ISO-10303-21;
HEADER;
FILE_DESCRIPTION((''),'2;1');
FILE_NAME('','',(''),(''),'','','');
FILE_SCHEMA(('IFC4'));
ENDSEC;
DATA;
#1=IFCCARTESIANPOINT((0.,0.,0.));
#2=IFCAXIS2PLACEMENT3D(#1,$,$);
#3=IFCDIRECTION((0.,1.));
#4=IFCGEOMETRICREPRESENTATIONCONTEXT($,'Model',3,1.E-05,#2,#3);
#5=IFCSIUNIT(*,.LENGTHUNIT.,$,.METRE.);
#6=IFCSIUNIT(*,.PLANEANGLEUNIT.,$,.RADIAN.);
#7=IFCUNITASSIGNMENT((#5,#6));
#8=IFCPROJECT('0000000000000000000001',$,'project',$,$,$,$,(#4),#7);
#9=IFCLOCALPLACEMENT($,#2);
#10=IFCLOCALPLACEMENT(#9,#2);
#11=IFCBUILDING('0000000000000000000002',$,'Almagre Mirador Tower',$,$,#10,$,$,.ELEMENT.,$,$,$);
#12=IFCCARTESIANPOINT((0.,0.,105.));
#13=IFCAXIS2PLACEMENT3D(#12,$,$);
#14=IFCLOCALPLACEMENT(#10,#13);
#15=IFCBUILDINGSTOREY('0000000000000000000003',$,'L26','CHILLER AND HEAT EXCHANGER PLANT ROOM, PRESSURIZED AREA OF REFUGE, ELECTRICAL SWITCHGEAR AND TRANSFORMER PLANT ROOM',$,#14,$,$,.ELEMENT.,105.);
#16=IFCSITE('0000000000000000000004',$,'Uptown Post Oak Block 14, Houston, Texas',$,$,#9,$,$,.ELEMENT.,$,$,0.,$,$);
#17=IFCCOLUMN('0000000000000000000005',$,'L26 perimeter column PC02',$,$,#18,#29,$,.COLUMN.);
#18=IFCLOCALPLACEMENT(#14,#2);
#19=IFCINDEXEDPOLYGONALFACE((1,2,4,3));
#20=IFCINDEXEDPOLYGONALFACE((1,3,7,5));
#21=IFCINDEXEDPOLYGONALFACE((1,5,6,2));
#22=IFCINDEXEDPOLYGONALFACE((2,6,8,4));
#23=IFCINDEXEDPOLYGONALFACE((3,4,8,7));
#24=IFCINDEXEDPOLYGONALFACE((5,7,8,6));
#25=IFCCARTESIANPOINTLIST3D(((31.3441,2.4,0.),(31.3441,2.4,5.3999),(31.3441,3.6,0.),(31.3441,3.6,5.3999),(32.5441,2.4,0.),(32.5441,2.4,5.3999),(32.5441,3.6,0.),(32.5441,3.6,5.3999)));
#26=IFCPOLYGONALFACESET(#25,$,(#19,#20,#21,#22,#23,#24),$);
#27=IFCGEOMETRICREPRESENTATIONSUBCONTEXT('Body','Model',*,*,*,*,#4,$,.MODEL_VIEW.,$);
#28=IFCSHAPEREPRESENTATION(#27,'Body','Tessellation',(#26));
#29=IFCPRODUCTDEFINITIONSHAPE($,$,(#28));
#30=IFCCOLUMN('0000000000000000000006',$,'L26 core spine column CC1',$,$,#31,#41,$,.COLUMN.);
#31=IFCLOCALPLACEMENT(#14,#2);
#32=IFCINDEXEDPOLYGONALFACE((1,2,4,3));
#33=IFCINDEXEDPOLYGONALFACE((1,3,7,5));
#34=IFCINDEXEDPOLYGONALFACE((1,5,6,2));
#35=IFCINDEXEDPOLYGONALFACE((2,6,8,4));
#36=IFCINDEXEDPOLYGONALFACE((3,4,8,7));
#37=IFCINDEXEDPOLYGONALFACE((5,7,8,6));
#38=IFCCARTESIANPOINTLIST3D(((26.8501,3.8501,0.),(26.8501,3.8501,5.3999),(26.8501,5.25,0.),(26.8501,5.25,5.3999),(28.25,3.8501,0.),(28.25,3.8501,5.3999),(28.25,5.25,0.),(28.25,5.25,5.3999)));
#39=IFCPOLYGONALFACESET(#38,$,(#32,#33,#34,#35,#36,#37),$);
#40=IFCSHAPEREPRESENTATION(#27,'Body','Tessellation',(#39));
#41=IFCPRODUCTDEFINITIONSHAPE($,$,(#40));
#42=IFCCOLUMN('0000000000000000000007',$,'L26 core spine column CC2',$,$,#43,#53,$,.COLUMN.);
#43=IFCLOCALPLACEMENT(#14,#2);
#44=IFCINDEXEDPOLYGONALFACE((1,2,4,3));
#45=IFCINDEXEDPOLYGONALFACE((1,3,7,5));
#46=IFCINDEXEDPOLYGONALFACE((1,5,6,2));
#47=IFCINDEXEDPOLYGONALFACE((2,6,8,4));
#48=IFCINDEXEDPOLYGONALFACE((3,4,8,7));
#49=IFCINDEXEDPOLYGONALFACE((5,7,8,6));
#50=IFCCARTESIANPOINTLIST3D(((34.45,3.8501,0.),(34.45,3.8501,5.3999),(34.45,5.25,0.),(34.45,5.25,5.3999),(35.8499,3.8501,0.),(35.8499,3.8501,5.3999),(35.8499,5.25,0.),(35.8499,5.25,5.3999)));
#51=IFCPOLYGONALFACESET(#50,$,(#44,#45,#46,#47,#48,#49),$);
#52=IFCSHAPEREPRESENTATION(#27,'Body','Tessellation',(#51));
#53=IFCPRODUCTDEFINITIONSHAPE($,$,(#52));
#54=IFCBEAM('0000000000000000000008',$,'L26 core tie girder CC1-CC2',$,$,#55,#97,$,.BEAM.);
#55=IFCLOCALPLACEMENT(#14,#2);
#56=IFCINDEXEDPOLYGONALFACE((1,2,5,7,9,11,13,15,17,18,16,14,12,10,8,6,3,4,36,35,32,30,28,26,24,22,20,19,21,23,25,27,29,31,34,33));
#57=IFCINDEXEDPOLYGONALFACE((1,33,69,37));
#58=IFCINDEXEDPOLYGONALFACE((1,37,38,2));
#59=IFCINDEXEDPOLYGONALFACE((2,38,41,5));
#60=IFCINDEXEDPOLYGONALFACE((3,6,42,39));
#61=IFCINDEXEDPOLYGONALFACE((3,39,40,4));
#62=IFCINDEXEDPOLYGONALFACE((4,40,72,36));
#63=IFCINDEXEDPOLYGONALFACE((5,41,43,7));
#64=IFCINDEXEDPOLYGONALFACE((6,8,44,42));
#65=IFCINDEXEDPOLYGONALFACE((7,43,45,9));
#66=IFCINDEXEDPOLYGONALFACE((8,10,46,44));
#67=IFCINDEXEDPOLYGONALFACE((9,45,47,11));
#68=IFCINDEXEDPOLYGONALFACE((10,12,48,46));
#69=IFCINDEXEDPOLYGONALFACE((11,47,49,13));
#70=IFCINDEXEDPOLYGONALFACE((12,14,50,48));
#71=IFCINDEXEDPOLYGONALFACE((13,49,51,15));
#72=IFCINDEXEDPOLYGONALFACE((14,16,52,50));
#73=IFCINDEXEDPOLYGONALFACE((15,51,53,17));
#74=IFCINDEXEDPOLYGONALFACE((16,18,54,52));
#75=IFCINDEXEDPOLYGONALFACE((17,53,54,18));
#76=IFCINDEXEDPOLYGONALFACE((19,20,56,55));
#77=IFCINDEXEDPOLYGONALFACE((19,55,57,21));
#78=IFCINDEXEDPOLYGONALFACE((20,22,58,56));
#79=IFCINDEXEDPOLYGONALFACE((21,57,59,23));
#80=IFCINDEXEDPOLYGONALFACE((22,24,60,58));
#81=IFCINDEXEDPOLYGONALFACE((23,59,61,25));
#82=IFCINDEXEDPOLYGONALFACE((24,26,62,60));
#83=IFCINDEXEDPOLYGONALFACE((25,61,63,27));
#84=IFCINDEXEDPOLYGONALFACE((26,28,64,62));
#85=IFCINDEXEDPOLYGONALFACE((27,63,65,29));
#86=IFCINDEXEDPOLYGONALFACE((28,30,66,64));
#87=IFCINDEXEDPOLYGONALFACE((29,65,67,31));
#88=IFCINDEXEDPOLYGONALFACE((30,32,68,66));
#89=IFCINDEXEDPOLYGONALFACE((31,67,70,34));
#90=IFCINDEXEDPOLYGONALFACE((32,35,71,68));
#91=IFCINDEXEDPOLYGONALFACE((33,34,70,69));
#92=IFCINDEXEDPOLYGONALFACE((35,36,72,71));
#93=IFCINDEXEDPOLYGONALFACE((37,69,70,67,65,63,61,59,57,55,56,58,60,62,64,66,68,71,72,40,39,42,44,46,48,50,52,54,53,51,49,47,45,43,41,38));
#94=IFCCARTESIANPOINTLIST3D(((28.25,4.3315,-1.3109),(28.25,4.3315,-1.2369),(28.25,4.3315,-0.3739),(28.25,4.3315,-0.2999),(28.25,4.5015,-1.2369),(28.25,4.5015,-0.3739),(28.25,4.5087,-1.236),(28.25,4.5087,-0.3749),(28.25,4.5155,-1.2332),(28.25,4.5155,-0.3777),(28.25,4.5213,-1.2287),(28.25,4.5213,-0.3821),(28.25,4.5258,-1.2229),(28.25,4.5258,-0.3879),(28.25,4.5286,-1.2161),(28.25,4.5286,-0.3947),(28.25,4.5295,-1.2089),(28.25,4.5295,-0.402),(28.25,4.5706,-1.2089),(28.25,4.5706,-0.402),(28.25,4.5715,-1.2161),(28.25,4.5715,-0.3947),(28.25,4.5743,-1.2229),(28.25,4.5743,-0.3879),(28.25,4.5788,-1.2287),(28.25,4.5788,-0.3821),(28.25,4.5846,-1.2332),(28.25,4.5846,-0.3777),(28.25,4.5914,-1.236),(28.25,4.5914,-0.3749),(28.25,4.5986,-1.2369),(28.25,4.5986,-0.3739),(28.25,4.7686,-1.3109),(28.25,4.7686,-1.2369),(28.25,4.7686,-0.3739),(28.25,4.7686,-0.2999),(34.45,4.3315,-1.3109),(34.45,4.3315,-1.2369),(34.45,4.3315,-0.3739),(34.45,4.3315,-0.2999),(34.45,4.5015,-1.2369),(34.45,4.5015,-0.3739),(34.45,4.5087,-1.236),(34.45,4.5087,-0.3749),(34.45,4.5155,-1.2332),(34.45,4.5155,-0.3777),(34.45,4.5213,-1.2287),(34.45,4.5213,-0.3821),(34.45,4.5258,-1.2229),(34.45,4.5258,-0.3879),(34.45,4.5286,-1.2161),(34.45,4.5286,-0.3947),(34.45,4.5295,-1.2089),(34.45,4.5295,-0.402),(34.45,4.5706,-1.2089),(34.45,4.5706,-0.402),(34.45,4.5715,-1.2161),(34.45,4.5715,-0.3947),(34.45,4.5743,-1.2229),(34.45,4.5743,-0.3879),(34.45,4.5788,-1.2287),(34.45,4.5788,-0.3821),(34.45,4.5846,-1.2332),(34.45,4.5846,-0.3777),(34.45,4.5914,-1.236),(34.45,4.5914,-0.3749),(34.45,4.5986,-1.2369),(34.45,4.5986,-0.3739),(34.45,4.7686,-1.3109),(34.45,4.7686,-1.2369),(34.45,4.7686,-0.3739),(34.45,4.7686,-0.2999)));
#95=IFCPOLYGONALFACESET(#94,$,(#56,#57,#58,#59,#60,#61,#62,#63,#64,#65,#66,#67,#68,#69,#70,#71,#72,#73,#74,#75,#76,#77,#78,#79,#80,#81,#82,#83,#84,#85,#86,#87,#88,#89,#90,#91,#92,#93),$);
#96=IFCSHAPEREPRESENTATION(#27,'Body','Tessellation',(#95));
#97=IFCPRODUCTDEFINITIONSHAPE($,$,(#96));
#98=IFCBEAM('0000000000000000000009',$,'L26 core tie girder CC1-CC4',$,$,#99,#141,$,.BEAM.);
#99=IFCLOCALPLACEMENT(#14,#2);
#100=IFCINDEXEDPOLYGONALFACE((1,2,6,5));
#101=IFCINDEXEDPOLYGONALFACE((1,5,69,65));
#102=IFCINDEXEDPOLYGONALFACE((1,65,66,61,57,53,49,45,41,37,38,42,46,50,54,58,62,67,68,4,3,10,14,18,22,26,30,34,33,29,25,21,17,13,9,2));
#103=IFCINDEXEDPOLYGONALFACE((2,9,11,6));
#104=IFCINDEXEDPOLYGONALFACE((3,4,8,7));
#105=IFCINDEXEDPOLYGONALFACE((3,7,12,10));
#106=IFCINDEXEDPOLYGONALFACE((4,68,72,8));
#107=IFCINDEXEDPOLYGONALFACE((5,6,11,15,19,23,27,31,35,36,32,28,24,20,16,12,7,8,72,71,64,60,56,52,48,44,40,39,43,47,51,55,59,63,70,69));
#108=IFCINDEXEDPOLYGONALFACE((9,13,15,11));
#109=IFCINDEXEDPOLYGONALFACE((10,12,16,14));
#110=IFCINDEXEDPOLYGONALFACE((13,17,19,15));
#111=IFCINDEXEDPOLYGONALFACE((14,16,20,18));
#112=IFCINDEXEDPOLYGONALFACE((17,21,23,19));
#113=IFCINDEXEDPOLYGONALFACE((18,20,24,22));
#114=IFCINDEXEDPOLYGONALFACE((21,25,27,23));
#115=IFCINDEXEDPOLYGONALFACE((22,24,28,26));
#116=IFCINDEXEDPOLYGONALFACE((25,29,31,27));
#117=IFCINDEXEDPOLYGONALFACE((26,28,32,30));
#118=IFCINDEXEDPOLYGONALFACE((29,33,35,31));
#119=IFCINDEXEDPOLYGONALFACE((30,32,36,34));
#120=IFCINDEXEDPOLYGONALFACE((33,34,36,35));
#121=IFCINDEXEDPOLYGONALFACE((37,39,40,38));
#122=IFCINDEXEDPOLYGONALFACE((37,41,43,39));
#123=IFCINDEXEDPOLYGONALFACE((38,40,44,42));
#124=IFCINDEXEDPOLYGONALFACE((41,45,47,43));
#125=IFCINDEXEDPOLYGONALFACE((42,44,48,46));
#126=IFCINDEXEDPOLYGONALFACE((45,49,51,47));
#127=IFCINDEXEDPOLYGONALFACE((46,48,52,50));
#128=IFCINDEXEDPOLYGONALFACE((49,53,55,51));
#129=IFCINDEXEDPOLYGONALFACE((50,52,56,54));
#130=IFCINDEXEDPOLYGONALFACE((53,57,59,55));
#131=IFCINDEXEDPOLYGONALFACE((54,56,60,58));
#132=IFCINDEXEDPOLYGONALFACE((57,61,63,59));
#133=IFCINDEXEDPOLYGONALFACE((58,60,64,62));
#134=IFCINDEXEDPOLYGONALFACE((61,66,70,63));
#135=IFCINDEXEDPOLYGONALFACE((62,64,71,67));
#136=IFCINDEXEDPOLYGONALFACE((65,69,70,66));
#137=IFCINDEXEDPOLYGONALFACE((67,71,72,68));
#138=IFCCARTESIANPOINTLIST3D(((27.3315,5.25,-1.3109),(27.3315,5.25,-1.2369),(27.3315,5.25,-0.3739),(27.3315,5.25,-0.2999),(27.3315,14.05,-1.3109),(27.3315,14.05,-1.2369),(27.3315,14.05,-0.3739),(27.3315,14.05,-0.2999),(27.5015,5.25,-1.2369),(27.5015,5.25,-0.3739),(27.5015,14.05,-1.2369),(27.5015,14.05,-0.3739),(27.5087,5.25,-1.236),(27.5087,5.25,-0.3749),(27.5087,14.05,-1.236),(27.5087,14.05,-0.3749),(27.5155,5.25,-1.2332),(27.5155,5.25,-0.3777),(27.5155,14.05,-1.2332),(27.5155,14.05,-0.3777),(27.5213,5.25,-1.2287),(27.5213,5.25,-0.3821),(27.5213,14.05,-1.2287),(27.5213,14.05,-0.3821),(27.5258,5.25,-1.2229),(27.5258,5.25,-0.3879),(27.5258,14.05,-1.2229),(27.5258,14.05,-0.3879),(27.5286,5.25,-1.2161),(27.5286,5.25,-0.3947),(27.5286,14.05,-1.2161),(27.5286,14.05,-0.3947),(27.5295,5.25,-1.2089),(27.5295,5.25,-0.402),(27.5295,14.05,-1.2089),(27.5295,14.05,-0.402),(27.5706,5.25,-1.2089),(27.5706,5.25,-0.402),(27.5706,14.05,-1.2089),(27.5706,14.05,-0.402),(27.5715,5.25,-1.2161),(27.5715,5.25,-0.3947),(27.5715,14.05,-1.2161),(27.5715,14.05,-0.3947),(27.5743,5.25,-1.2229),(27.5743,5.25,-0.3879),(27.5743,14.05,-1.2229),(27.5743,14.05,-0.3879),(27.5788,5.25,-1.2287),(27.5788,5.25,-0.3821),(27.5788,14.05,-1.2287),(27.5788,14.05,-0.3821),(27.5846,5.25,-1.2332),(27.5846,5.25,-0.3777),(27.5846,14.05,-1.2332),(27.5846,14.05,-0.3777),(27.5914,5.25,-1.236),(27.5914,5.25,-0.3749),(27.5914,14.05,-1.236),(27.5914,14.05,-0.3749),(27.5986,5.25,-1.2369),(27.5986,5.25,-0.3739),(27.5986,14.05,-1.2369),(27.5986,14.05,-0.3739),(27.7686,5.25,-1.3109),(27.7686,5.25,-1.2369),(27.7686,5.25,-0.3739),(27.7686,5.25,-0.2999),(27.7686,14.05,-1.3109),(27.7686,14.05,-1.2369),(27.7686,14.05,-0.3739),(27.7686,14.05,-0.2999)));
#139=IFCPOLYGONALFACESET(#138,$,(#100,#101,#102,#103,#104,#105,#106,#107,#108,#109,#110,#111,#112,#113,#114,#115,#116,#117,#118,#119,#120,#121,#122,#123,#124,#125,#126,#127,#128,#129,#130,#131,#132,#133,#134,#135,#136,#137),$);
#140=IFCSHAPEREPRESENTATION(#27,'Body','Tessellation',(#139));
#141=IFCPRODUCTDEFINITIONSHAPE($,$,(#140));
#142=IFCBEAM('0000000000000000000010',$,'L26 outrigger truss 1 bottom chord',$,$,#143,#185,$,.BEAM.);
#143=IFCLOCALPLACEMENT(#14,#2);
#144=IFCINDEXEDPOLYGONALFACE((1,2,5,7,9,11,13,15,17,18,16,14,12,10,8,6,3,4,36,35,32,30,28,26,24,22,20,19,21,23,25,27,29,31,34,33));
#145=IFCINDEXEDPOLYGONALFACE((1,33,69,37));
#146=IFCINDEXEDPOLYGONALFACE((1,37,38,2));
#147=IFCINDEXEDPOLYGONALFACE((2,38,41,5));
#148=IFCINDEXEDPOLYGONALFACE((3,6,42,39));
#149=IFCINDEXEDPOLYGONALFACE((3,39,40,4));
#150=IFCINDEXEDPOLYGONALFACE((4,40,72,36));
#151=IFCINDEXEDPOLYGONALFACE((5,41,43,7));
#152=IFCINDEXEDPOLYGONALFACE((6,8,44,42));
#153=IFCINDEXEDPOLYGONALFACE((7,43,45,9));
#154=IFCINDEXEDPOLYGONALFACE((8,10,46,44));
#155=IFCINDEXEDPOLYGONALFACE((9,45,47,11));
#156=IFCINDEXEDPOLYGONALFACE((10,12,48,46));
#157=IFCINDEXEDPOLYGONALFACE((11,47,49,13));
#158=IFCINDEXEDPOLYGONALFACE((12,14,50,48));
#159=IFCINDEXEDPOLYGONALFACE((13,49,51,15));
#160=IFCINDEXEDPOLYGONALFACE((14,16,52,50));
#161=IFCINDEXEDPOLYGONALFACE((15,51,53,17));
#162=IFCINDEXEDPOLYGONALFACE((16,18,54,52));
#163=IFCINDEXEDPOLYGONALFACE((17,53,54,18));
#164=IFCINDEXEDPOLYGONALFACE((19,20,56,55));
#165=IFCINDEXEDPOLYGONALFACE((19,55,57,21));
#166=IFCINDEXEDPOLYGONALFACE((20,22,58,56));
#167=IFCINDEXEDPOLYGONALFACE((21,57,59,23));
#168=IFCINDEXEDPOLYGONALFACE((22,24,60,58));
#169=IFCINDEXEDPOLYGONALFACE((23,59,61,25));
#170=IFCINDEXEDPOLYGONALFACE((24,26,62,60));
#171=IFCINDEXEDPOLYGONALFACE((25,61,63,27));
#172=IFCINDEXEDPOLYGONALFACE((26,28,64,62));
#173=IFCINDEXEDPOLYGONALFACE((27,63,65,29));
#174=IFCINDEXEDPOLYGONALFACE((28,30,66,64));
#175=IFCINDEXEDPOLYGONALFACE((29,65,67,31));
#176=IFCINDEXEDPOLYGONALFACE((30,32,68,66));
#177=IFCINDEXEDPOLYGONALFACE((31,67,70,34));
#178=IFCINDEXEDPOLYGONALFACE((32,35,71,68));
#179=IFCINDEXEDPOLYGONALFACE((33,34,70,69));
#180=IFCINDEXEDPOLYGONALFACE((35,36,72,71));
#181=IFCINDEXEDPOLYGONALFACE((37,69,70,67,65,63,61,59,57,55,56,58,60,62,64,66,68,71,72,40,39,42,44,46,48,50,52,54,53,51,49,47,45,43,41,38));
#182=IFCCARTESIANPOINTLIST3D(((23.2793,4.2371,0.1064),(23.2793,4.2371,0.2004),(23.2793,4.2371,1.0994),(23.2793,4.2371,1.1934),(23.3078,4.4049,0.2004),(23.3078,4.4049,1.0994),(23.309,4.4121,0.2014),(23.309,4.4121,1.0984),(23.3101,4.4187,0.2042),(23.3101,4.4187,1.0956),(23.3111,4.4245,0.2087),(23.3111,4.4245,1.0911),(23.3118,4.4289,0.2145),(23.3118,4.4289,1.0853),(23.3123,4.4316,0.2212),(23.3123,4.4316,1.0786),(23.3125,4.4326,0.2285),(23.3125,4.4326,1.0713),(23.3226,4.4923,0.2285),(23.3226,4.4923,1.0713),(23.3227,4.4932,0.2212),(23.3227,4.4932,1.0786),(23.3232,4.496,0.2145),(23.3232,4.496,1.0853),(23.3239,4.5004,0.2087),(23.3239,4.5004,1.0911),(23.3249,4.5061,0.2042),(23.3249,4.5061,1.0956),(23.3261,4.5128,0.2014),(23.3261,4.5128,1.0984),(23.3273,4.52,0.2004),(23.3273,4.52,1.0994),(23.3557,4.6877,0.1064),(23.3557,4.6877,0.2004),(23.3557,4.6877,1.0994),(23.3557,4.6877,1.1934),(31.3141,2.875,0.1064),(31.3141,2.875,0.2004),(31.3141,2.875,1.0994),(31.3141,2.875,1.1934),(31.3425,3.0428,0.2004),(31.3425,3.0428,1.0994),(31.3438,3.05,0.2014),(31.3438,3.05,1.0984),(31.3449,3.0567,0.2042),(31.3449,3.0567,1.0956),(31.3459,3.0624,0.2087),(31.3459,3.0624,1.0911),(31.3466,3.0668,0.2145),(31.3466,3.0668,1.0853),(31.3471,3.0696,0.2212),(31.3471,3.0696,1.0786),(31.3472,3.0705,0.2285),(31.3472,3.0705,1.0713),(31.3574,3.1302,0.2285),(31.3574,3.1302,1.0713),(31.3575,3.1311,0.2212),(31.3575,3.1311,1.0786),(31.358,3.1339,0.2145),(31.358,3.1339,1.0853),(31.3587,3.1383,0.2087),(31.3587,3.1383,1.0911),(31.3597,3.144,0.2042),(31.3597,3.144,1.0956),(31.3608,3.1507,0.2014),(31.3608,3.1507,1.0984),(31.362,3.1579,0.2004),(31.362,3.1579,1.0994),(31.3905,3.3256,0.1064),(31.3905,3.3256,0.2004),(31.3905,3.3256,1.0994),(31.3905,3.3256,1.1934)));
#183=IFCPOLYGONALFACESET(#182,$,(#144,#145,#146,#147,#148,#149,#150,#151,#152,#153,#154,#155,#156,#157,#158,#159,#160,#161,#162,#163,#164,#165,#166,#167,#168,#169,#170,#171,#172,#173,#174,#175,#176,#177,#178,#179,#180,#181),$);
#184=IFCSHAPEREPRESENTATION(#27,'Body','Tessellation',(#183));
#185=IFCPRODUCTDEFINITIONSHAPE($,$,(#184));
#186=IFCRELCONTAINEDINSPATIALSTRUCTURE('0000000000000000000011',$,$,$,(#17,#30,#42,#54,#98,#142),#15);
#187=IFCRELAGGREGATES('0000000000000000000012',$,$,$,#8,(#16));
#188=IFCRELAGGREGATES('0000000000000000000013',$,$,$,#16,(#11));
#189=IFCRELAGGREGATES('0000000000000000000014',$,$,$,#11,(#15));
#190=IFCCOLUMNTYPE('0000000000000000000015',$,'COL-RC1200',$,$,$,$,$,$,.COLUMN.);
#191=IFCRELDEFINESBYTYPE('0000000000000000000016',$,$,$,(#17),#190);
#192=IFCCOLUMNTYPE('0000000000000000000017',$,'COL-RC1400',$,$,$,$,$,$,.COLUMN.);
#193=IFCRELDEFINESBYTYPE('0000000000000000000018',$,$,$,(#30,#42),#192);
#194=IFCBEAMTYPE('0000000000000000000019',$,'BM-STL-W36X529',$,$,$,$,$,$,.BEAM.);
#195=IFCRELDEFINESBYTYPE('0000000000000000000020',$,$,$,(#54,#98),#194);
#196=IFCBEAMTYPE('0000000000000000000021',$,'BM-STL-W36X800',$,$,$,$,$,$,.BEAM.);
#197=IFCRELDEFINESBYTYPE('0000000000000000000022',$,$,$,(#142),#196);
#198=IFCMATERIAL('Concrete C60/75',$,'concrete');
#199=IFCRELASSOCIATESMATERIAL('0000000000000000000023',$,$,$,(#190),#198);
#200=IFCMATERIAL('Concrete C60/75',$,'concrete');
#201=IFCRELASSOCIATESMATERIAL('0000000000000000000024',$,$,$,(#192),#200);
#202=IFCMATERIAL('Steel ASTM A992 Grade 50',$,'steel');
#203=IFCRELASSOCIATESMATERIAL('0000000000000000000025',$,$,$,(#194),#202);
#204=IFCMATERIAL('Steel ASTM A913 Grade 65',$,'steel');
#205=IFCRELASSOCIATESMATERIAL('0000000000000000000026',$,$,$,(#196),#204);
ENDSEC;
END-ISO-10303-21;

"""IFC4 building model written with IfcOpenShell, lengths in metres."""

from ifc_helpers import new_model, si_unit, direction, frame, origin, origin_2d, place, context, subcontext, project, spatial, rectangle, i_section, extrude, material, material_profile, profile_set, type_object, element, save


model = new_model("IFC4")

# Units and contexts
model_context = context("Model", 3, precision=1e-05, world=origin(), true_north=direction((0.0, 1.0)))
body_context = subcontext(model_context, "Body", "Model", "MODEL_VIEW")
ifc_project = project(units=[si_unit("LENGTHUNIT", "METRE"), si_unit("PLANEANGLEUNIT", "RADIAN")], contexts=[model_context])

# Site, building, storey
site_placement = place(None, origin())
site = spatial("IfcSite", under=ifc_project, at=site_placement, Name="Uptown Post Oak Block 14, Houston, Texas", CompositionType="ELEMENT", RefElevation=0.0)
building_placement = place(site_placement, origin())
building = spatial("IfcBuilding", under=site, at=building_placement, Name="Almagre Mirador Tower", CompositionType="ELEMENT")
storey_placement = place(building_placement, frame((0.0, 0.0, 105.0)))
storey = spatial("IfcBuildingStorey", under=building, at=storey_placement, Name="L26", Description="CHILLER AND HEAT EXCHANGER PLANT ROOM, PRESSURIZED AREA OF REFUGE, ELECTRICAL SWITCHGEAR AND TRANSFORMER PLANT ROOM", CompositionType="ELEMENT", Elevation=105.0)

# Columns
ifc_material_1 = material(Name="Concrete C60/75", Category="concrete")
ifc_material_profile_1 = material_profile(ifc_material_1, rectangle(XDim=1.2, YDim=1.2, at=origin_2d()), Name="RC1200X1200")
ifc_profile_set_1 = profile_set([ifc_material_profile_1], Name="Concrete C60/75")
column_type_1 = type_object("IfcColumnType", Name="COL-RC1200", PredefinedType="COLUMN", material=ifc_profile_set_1)
column_placement = place(storey_placement, frame((31.9441, 3.0, 0.0), z_axis=(0.0, 0.0, 1.0), x_axis=(1.0, 0.0, 0.0)))
element("IfcColumn", 1, at=column_placement, inside=storey, type_object=column_type_1, Name="L26 perimeter column PC02", PredefinedType="COLUMN", context=body_context, shape_type="SweptSolid", body=[
    extrude(rectangle(XDim=1.2, YDim=1.2, at=origin_2d()), origin(), (0.0, 0.0, 1.0), 5.3999),
])
ifc_material_2 = material(Name="Concrete C60/75", Category="concrete")
ifc_material_profile_2 = material_profile(ifc_material_2, rectangle(XDim=1.3999, YDim=1.3999, at=origin_2d()), Name="RC1400X1400")
ifc_profile_set_2 = profile_set([ifc_material_profile_2], Name="Concrete C60/75")
column_type_2 = type_object("IfcColumnType", Name="COL-RC1400", PredefinedType="COLUMN", material=ifc_profile_set_2)
for number, where, z_axis, x_axis, name in (
    (2, (27.55, 4.55, 0.0), (0.0, 0.0, 1.0), (1.0, 0.0, 0.0), "L26 core spine column CC1"),
    (3, (35.1499, 4.55, 0.0), (0.0, 0.0, 1.0), (1.0, 0.0, 0.0), "L26 core spine column CC2"),
):
    element("IfcColumn", number, at=place(storey_placement, frame(where, z_axis=z_axis, x_axis=x_axis)), inside=storey, type_object=column_type_2, Name=name, PredefinedType="COLUMN", context=body_context, shape_type="SweptSolid", body=[
        extrude(rectangle(XDim=1.3999, YDim=1.3999, at=origin_2d()), origin(), (0.0, 0.0, 1.0), 5.3999),
    ])

# Beams
ifc_material_3 = material(Name="Steel ASTM A992 Grade 50", Category="steel")
ifc_material_profile_3 = material_profile(ifc_material_3, i_section(OverallWidth=0.437, OverallDepth=1.011, WebThickness=0.041, FlangeThickness=0.074, FilletRadius=0.0281, at=origin_2d()), Name="W36X529")
ifc_profile_set_3 = profile_set([ifc_material_profile_3], Name="Steel ASTM A992 Grade 50")
beam_type_1 = type_object("IfcBeamType", Name="BM-STL-W36X529", PredefinedType="BEAM", material=ifc_profile_set_3)
beam_1_placement = place(storey_placement, frame((28.25, 4.55, -0.8054), z_axis=(1.0, 0.0, 0.0), x_axis=(0.0, 1.0, 0.0)))
element("IfcBeam", 4, at=beam_1_placement, inside=storey, type_object=beam_type_1, Name="L26 core tie girder CC1-CC2", PredefinedType="BEAM", context=body_context, shape_type="SweptSolid", body=[
    extrude(i_section(OverallWidth=0.437, OverallDepth=1.011, WebThickness=0.041, FlangeThickness=0.074, FilletRadius=0.0281, at=origin_2d()), origin(), (0.0, 0.0, 1.0), 6.2),
])
beam_2_placement = place(storey_placement, frame((27.55, 5.25, -0.8054), z_axis=(0.0, 1.0, 0.0), x_axis=(-1.0, 0.0, 0.0)))
element("IfcBeam", 5, at=beam_2_placement, inside=storey, type_object=beam_type_1, Name="L26 core tie girder CC1-CC4", PredefinedType="BEAM", context=body_context, shape_type="SweptSolid", body=[
    extrude(i_section(OverallWidth=0.437, OverallDepth=1.011, WebThickness=0.041, FlangeThickness=0.074, FilletRadius=0.0281, at=origin_2d()), origin(), (0.0, 0.0, 1.0), 8.8),
])
ifc_material_4 = material(Name="Steel ASTM A913 Grade 65", Category="steel")
ifc_material_profile_4 = material_profile(ifc_material_4, i_section(OverallWidth=0.457, OverallDepth=1.0869, WebThickness=0.0605, FlangeThickness=0.094, FilletRadius=0.0281, at=origin_2d()), Name="W36X800")
ifc_profile_set_4 = profile_set([ifc_material_profile_4], Name="Steel ASTM A913 Grade 65")
beam_type_2 = type_object("IfcBeamType", Name="BM-STL-W36X800", PredefinedType="BEAM", material=ifc_profile_set_4)
for number, where, z_axis, x_axis, name in (
    (6, (31.3523, 3.1003, 0.6499), (-0.985933, 0.167138, 0.0), (-0.167138, -0.985933, 0.0), "L26 outrigger truss 1 bottom chord"),
):
    element("IfcBeam", number, at=place(storey_placement, frame(where, z_axis=z_axis, x_axis=x_axis)), inside=storey, type_object=beam_type_2, Name=name, PredefinedType="BEAM", context=body_context, shape_type="SweptSolid", body=[
        extrude(i_section(OverallWidth=0.457, OverallDepth=1.0869, WebThickness=0.0605, FlangeThickness=0.094, FilletRadius=0.0281, at=origin_2d()), origin(), (0.0, 0.0, 1.0), 8.1494),
    ])

save(model, "model.ifc")
